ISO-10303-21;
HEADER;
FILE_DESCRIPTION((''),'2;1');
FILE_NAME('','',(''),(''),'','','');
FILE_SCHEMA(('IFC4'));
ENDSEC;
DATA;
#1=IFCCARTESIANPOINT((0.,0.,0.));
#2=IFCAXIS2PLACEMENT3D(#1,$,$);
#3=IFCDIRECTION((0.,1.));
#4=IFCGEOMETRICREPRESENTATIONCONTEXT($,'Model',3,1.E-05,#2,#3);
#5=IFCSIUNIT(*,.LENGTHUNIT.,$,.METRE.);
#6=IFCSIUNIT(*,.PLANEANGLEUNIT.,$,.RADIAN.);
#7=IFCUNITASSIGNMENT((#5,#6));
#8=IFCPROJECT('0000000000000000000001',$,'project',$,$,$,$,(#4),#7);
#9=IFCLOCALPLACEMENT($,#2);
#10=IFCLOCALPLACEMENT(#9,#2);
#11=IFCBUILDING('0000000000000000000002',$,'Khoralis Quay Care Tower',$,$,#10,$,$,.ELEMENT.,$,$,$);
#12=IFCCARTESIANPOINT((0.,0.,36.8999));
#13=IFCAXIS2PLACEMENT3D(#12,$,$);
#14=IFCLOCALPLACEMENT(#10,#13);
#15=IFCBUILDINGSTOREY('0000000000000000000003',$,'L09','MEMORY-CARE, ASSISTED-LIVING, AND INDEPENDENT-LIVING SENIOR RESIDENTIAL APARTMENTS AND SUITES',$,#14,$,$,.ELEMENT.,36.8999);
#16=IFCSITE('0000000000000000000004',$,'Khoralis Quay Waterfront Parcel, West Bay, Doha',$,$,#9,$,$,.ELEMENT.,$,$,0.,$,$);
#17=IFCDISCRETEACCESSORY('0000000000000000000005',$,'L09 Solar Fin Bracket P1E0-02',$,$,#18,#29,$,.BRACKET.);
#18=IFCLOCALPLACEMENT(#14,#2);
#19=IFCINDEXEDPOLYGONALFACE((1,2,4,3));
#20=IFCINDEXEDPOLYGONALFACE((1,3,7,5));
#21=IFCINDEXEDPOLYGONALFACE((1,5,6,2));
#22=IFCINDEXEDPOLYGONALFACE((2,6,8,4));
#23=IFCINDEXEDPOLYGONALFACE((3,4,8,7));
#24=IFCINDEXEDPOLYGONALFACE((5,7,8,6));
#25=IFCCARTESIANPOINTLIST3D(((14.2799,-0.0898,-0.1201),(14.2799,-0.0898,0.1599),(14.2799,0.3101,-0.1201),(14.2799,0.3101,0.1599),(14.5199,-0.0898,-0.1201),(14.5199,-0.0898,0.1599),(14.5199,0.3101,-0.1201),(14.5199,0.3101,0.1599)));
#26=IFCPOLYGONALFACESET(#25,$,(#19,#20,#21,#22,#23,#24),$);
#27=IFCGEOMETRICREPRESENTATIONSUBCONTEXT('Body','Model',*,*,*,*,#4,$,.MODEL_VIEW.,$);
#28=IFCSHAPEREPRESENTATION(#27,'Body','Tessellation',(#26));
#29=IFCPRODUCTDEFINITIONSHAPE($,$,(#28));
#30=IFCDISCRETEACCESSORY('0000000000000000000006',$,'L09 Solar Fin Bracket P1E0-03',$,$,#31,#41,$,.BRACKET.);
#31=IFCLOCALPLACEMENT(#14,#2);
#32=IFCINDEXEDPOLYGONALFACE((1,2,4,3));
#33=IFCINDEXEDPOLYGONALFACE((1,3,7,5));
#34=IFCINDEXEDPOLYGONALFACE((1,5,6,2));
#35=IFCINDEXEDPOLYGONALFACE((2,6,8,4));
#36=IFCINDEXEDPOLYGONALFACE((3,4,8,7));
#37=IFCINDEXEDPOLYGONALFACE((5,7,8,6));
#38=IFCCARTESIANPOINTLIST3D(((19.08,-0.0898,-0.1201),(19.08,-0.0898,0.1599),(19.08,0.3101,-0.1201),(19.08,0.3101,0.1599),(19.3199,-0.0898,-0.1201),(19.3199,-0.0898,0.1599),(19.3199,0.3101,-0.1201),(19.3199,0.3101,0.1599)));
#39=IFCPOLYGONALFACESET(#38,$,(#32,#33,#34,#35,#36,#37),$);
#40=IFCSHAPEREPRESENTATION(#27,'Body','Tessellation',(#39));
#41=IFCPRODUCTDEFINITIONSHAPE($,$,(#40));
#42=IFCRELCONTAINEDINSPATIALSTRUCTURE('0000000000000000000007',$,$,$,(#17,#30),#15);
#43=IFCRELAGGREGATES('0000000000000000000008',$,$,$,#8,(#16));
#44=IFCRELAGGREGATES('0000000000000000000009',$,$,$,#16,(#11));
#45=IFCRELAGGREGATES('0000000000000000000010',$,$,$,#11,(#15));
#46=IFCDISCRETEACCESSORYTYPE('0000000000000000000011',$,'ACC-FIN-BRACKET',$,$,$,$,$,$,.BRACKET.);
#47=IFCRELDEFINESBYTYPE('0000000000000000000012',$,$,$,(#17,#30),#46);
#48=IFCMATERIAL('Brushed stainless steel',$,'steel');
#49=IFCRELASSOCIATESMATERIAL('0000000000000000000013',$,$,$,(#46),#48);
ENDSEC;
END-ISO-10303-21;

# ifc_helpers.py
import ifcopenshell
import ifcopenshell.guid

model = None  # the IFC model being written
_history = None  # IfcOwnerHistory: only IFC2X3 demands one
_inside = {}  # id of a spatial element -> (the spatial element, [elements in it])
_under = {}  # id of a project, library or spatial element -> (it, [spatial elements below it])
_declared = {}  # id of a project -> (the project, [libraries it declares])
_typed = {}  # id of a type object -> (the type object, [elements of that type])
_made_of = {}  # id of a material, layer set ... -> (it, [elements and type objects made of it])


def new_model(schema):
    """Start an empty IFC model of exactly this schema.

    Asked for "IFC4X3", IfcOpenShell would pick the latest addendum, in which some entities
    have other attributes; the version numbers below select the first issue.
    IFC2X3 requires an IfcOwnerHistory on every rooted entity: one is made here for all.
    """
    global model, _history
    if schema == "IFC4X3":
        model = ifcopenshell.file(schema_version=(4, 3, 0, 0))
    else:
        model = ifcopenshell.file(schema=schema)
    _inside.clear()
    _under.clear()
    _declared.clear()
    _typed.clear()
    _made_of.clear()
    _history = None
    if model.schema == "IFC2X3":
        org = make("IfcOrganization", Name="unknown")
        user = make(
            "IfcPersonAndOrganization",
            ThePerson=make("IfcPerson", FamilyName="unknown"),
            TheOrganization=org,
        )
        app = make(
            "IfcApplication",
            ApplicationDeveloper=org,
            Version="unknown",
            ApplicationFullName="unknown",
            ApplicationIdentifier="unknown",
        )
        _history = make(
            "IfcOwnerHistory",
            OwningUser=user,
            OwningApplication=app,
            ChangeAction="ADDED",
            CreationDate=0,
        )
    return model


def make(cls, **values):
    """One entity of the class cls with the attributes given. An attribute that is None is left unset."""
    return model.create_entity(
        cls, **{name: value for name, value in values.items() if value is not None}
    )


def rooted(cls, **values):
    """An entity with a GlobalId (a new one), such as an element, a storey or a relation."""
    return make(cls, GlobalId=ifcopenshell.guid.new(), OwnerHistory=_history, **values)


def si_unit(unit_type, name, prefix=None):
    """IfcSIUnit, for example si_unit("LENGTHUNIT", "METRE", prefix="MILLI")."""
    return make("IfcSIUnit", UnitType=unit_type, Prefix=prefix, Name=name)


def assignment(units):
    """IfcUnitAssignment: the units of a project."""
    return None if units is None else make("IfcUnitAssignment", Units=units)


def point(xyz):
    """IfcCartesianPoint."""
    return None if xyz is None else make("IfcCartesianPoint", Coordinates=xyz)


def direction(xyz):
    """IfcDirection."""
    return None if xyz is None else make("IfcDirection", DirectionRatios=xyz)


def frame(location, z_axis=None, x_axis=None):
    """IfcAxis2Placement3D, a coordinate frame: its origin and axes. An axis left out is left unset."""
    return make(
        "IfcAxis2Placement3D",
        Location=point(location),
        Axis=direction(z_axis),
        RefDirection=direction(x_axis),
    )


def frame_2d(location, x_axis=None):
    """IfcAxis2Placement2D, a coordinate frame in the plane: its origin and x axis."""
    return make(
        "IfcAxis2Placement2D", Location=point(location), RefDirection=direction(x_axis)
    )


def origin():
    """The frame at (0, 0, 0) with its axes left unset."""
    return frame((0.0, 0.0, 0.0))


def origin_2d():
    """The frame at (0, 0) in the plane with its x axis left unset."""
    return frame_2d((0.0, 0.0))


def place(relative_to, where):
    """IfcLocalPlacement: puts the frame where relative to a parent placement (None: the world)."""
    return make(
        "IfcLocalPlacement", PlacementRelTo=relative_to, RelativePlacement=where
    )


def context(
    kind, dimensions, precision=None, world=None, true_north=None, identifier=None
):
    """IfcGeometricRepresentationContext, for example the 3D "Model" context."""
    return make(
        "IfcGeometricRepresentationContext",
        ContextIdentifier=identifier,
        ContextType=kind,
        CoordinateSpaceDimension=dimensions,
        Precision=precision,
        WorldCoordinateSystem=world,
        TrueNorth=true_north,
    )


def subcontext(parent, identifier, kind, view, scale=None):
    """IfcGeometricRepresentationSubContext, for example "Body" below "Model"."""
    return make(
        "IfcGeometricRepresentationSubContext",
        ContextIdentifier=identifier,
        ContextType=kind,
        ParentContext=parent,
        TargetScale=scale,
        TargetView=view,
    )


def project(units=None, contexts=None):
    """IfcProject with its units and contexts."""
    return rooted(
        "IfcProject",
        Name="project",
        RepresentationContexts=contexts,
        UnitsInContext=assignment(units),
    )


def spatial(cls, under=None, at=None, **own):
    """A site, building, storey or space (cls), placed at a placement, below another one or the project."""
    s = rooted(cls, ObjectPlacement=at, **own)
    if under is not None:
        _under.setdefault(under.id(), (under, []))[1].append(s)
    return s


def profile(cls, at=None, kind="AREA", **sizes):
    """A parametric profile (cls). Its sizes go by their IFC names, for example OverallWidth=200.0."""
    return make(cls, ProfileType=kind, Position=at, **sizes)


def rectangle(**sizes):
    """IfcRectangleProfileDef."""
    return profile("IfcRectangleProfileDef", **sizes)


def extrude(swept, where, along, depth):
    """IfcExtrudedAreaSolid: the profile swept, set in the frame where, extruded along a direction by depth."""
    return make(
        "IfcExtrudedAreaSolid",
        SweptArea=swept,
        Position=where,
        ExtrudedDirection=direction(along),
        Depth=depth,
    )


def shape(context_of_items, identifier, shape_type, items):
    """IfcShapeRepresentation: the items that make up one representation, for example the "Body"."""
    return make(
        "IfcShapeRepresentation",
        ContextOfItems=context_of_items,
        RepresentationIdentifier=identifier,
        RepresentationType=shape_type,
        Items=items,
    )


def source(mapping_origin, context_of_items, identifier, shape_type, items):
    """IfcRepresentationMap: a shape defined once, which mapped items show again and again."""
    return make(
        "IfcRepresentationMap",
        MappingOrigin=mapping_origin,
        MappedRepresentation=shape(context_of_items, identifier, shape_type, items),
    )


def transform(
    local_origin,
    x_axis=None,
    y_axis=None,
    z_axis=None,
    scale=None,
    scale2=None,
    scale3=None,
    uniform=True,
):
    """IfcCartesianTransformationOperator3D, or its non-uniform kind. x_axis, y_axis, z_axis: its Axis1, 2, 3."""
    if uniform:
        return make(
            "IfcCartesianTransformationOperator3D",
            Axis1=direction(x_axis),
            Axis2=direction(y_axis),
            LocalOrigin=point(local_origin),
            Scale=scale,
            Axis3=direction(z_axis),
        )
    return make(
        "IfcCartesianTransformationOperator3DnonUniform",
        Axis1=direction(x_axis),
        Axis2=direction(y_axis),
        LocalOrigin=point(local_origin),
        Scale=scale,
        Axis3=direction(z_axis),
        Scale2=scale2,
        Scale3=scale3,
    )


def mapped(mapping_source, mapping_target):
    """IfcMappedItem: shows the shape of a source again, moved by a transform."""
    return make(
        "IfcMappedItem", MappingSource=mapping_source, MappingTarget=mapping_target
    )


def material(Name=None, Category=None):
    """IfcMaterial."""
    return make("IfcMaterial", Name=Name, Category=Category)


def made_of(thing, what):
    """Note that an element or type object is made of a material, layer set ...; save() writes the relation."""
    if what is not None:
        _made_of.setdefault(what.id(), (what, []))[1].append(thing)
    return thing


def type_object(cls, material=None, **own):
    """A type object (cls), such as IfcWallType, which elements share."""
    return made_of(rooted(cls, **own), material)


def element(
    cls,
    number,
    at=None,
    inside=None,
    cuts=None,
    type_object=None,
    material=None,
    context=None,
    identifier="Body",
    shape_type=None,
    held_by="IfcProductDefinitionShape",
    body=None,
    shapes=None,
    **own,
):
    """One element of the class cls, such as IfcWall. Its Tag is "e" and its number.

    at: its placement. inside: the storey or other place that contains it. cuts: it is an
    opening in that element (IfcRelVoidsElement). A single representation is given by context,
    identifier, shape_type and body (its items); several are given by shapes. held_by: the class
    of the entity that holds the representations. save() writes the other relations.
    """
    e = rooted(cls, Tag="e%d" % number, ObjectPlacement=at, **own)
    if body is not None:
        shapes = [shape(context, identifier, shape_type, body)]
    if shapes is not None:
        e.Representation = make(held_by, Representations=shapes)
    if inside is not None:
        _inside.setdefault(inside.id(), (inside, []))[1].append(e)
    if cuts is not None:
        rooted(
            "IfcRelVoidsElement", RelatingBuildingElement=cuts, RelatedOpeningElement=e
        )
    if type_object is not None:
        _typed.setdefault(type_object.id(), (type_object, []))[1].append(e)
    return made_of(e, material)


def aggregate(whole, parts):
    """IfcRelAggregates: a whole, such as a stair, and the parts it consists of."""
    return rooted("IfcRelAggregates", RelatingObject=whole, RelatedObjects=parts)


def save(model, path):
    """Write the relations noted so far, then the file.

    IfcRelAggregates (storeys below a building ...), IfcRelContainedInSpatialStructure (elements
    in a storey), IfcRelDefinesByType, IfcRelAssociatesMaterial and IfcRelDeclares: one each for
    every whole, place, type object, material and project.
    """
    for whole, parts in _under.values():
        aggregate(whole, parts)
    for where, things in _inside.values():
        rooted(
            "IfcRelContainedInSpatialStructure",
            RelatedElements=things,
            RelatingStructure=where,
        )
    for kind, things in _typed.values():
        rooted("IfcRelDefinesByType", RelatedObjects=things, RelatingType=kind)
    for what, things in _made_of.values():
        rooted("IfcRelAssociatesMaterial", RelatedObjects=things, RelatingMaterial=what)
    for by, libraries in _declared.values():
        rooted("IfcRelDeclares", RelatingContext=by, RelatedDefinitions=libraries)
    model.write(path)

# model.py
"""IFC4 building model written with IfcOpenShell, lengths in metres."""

from ifc_helpers import new_model, si_unit, direction, frame, origin, origin_2d, place, context, subcontext, project, spatial, rectangle, extrude, source, transform, mapped, material, type_object, element, save


model = new_model("IFC4")

# Units and contexts
model_context = context("Model", 3, precision=1e-05, world=origin(), true_north=direction((0.0, 1.0)))
body_context = subcontext(model_context, "Body", "Model", "MODEL_VIEW")
ifc_project = project(units=[si_unit("LENGTHUNIT", "METRE"), si_unit("PLANEANGLEUNIT", "RADIAN")], contexts=[model_context])

# Site, building, storey
site_placement = place(None, origin())
site = spatial("IfcSite", under=ifc_project, at=site_placement, Name="Khoralis Quay Waterfront Parcel, West Bay, Doha", CompositionType="ELEMENT", RefElevation=0.0)
building_placement = place(site_placement, origin())
building = spatial("IfcBuilding", under=site, at=building_placement, Name="Khoralis Quay Care Tower", CompositionType="ELEMENT")
storey_placement = place(building_placement, frame((0.0, 0.0, 36.8999)))
storey = spatial("IfcBuildingStorey", under=building, at=storey_placement, Name="L09", Description="MEMORY-CARE, ASSISTED-LIVING, AND INDEPENDENT-LIVING SENIOR RESIDENTIAL APARTMENTS AND SUITES", CompositionType="ELEMENT", Elevation=36.8999)

# Discrete accessories
ifc_material_1 = material(Name="Brushed stainless steel", Category="steel")
discrete_accessory_type = type_object("IfcDiscreteAccessoryType", Name="ACC-FIN-BRACKET", PredefinedType="BRACKET", material=ifc_material_1)
shared_shape_1 = source(origin(), body_context, "Body", "SweptSolid", [
    extrude(rectangle(XDim=0.3999, YDim=0.24, at=origin_2d()), origin(), (0.0, 0.0, 1.0), 0.28),
])
for number, where, z_axis, x_axis, name in (
    (1, (14.3999, 0.1101, -0.1201), (0.0, 0.0, 1.0), (0.0, -1.0, 0.0), "L09 Solar Fin Bracket P1E0-02"),
    (2, (19.2, 0.1101, -0.1201), (0.0, 0.0, 1.0), (0.0, -1.0, 0.0), "L09 Solar Fin Bracket P1E0-03"),
):
    element("IfcDiscreteAccessory", number, at=place(storey_placement, frame(where, z_axis=z_axis, x_axis=x_axis)), inside=storey, type_object=discrete_accessory_type, Name=name, PredefinedType="BRACKET", context=body_context, shape_type="MappedRepresentation", body=[
        mapped(shared_shape_1, transform((0.0, 0.0, 0.0), scale=1.0)),
    ])

save(model, "model.ifc")
